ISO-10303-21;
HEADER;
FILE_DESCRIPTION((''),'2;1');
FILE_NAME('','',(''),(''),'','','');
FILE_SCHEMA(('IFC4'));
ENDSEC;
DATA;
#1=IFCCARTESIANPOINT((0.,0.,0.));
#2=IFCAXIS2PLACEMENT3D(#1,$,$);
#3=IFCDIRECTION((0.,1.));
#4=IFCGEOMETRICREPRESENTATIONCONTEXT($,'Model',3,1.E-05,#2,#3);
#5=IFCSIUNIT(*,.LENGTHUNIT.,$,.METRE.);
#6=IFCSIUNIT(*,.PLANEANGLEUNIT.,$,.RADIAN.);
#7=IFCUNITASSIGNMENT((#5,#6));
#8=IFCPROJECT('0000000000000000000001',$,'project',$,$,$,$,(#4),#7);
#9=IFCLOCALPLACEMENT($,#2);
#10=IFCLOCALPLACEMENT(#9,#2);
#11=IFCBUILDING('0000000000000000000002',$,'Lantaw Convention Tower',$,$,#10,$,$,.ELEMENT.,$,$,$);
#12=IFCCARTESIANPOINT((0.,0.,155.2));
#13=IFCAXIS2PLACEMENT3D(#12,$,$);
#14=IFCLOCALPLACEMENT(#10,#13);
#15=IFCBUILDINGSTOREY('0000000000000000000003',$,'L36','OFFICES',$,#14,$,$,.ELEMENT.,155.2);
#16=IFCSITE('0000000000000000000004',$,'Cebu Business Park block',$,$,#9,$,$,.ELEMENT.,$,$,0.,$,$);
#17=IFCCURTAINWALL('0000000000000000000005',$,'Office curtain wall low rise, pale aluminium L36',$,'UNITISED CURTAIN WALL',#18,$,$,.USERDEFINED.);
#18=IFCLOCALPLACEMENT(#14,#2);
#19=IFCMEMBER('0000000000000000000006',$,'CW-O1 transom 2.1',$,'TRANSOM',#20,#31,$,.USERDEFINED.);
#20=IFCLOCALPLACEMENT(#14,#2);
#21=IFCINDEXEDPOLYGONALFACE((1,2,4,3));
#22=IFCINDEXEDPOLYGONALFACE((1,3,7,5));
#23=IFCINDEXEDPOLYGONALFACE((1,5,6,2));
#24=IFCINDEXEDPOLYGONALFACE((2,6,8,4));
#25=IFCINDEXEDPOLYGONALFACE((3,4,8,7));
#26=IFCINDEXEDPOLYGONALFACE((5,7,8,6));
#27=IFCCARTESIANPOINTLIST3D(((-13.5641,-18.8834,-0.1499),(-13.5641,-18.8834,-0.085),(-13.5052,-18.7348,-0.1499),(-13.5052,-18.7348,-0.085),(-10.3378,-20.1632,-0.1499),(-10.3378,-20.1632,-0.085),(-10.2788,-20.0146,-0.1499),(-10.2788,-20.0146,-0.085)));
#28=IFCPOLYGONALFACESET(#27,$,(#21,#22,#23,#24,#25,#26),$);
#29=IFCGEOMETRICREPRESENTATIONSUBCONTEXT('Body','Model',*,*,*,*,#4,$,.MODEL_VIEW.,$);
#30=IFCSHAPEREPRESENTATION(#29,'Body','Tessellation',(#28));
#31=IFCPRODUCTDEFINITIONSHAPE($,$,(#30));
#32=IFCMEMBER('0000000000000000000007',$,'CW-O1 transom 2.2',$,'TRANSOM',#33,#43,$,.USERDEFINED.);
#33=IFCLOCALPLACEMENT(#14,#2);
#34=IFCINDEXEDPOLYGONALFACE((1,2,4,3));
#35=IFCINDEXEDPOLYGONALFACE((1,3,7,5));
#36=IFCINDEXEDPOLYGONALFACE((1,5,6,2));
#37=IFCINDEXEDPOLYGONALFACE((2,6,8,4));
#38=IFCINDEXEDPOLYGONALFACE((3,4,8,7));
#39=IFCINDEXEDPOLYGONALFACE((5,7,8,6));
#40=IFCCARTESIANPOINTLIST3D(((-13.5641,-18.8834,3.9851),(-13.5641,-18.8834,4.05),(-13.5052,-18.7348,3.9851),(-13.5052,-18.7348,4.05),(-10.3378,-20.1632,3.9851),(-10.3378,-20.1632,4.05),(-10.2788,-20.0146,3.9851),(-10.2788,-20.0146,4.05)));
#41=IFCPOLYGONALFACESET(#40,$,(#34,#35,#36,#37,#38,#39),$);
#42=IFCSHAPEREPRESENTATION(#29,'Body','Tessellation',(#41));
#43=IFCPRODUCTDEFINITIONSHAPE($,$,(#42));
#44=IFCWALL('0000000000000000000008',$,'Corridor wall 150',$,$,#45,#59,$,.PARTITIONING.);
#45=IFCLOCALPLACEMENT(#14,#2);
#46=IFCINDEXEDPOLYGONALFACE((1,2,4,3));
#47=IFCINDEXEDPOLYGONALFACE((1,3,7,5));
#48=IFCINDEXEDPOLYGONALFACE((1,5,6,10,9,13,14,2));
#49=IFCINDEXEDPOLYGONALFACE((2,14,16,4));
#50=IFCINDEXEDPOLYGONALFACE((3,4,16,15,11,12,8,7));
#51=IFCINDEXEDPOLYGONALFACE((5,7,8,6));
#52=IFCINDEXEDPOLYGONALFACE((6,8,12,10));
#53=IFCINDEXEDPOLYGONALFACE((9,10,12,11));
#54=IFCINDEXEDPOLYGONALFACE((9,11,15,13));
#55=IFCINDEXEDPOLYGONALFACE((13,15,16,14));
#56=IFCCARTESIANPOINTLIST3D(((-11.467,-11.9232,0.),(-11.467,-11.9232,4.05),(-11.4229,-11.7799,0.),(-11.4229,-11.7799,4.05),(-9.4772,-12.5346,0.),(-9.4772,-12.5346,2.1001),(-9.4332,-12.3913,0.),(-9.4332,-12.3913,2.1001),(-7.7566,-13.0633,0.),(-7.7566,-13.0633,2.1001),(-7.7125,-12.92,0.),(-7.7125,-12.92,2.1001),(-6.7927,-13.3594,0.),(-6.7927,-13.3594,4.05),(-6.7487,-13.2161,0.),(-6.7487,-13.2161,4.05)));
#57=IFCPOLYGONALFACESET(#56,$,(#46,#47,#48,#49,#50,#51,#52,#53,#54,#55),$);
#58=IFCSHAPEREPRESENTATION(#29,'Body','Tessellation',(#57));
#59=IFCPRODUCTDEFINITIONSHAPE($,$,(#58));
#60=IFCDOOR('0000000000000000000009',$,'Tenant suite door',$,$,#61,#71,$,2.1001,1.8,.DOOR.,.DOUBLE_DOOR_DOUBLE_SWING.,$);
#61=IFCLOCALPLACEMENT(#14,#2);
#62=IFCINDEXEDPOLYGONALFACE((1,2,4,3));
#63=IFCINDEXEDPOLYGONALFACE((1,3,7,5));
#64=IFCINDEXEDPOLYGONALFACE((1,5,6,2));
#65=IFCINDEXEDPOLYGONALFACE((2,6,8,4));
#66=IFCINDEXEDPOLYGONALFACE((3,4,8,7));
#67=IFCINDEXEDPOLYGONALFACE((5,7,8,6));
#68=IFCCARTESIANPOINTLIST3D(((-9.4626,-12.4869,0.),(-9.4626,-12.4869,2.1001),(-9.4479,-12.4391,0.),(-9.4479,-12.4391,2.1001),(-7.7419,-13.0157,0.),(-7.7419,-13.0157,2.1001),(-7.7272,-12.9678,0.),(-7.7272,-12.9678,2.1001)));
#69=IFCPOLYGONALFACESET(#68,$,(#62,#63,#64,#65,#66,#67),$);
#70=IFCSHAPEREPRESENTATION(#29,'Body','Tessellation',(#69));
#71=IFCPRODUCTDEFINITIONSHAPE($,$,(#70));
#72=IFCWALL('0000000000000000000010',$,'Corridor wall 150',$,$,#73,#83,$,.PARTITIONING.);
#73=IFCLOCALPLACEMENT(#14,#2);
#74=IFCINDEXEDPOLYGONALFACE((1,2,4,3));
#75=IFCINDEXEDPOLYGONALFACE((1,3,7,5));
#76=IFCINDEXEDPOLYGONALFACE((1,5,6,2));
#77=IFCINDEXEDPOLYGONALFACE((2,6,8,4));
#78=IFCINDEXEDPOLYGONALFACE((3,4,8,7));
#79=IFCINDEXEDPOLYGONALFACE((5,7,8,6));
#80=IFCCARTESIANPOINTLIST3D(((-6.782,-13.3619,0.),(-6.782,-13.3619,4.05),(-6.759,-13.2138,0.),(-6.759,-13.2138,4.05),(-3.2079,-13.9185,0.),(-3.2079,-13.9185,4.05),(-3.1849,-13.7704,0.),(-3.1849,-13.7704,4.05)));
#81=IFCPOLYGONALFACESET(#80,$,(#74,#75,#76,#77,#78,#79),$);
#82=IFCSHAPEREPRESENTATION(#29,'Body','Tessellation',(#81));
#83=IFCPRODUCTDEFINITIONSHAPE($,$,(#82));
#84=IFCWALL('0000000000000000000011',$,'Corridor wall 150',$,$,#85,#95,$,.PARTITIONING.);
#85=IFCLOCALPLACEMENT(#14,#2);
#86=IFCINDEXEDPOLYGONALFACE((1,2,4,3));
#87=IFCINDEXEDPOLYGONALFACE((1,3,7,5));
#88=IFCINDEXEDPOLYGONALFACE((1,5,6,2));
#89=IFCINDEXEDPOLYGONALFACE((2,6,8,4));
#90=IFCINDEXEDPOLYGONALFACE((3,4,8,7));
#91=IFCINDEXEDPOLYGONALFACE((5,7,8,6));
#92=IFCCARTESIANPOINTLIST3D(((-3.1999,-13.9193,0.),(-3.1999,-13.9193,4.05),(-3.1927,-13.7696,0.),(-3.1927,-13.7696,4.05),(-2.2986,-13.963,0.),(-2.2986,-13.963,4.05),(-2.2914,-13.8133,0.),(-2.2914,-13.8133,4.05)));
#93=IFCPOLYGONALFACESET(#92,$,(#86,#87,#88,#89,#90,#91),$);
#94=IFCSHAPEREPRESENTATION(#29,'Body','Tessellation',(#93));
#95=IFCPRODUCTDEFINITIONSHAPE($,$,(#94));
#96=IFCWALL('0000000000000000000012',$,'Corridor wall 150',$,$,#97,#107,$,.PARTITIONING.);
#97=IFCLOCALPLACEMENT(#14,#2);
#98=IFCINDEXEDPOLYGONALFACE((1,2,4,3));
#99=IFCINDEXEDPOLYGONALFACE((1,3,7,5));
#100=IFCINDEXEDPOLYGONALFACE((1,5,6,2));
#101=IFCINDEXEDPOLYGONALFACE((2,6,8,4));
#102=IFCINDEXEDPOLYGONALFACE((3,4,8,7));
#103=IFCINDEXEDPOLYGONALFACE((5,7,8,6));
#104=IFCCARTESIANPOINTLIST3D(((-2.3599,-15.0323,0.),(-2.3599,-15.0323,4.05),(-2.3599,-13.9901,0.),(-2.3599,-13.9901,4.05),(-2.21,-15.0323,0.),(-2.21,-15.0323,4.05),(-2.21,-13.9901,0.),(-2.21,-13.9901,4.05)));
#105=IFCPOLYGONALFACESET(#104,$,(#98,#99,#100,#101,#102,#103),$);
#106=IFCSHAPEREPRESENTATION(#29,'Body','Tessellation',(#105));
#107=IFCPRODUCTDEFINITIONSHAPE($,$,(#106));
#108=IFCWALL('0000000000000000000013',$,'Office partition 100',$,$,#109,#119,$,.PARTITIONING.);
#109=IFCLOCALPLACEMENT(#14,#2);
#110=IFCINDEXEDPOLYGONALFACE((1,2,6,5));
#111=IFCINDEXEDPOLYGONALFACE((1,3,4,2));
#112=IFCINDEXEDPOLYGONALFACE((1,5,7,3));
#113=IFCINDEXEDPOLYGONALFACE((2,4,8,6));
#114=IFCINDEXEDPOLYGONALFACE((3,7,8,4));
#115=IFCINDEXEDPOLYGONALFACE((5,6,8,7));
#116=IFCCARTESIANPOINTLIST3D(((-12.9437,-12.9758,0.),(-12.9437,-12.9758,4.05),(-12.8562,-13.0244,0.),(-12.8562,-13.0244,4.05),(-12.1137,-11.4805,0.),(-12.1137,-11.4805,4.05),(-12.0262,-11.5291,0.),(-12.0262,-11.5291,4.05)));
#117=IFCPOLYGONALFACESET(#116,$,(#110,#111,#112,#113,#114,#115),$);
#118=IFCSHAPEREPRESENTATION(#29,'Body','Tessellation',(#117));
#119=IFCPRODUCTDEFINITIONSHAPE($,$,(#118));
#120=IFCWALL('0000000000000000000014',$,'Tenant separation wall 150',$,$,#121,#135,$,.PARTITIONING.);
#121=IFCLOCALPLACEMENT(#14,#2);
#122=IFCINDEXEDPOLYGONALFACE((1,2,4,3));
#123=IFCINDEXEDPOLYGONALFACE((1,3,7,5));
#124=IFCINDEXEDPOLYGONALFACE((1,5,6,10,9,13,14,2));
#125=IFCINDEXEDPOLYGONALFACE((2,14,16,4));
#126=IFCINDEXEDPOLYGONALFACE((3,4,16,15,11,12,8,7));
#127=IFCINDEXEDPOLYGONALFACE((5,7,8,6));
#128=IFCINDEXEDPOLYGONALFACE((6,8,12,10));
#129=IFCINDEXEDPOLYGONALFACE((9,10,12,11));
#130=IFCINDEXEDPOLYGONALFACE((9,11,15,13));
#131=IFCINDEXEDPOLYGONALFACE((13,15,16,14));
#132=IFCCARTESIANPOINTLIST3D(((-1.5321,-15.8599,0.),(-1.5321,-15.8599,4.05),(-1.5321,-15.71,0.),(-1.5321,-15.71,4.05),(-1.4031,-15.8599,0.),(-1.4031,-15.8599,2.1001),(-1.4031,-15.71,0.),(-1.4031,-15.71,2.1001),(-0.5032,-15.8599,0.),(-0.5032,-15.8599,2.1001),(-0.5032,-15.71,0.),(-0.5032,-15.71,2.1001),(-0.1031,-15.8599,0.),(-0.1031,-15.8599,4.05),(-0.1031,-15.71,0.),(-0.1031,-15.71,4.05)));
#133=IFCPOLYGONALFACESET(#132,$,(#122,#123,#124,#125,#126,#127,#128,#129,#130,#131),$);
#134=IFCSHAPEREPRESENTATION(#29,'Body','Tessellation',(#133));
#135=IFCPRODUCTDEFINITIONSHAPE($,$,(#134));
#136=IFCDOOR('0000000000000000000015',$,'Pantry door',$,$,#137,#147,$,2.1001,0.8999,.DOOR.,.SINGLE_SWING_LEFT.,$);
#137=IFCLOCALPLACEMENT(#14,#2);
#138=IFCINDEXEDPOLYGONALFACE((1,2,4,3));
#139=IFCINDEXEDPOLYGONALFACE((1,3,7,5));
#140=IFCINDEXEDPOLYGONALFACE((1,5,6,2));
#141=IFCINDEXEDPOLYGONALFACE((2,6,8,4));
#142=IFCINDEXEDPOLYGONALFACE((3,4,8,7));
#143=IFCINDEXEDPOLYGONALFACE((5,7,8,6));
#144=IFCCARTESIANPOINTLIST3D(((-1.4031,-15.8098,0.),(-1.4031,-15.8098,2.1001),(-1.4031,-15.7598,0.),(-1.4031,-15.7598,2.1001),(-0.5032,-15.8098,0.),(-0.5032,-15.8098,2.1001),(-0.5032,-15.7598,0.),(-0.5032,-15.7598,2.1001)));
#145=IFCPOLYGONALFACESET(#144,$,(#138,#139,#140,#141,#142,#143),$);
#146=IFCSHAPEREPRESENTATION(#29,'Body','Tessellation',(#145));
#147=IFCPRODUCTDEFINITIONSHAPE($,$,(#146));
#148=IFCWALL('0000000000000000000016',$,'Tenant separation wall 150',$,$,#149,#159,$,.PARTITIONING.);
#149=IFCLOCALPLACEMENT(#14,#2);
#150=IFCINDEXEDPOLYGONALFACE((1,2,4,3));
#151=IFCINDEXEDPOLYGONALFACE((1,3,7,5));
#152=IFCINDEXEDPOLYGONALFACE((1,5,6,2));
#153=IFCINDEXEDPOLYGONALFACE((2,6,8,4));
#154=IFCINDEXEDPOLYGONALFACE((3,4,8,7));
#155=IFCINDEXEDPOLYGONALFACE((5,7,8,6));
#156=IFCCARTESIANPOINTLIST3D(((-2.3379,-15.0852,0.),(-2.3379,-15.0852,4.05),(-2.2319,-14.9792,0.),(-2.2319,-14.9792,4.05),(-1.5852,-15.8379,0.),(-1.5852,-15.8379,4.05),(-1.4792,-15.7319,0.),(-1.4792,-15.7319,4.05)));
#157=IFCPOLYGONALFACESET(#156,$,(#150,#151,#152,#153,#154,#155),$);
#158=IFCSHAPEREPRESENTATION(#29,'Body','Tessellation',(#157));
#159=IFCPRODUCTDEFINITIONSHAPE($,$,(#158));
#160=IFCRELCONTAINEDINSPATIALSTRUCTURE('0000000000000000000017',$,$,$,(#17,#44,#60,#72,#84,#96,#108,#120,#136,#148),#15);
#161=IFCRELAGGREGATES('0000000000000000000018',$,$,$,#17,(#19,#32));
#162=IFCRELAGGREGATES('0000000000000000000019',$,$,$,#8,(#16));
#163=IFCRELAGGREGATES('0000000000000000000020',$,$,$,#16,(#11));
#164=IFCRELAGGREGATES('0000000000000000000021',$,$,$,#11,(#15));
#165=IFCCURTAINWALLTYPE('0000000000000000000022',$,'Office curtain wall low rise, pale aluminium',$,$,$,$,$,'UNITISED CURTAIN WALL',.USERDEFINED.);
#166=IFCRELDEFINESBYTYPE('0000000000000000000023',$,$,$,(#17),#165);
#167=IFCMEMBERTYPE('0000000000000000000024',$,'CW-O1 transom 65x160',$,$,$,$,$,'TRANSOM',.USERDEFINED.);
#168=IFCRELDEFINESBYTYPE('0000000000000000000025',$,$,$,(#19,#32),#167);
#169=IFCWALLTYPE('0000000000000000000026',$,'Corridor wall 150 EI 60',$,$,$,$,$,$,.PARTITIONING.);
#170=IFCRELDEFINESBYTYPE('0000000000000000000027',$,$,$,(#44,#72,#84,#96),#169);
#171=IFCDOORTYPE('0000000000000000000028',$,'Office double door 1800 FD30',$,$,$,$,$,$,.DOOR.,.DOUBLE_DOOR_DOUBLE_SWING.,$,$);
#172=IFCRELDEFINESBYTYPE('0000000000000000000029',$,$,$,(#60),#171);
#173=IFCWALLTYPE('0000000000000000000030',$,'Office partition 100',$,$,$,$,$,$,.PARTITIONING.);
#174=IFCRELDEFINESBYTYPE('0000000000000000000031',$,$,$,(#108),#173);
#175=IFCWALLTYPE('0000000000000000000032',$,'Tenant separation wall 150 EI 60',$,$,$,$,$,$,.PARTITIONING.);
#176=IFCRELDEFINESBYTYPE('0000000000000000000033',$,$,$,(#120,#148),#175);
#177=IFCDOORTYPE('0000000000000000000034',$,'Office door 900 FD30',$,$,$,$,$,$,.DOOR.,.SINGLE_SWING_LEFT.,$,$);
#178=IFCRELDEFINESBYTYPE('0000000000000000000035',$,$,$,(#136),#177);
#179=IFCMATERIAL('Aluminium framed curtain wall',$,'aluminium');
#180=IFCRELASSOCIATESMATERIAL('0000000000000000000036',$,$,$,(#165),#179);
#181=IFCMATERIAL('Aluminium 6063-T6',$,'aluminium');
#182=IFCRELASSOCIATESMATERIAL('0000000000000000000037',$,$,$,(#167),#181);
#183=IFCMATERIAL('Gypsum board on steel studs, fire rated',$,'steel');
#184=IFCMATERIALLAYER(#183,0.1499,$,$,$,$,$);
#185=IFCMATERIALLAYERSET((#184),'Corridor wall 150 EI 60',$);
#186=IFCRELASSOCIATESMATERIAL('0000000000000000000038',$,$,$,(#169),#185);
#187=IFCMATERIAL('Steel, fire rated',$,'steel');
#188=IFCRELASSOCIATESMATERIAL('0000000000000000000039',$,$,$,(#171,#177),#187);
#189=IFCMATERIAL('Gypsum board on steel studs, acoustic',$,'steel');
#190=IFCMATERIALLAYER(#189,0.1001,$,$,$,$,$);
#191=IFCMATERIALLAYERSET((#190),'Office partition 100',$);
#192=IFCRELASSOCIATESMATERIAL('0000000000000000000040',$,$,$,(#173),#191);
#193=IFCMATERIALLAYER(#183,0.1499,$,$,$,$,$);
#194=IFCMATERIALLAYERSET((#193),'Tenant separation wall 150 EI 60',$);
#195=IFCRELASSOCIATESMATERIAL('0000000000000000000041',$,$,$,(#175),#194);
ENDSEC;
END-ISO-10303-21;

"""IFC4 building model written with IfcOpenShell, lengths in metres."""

from ifc_helpers import new_model, si_unit, direction, frame, frame_2d, origin, origin_2d, place, context, subcontext, project, spatial, rectangle, extrude, material, layer, layer_set, material_profile, profile_set, type_object, element, fill, aggregate, save


model = new_model("IFC4")

# Units and contexts
model_context = context("Model", 3, precision=1e-05, world=origin(), true_north=direction((0.0, 1.0)))
body_context = subcontext(model_context, "Body", "Model", "MODEL_VIEW")
ifc_project = project(units=[si_unit("LENGTHUNIT", "METRE"), si_unit("PLANEANGLEUNIT", "RADIAN")], contexts=[model_context])

# Site, building, storey
site_placement = place(None, origin())
site = spatial("IfcSite", under=ifc_project, at=site_placement, Name="Cebu Business Park block", CompositionType="ELEMENT", RefElevation=0.0)
building_placement = place(site_placement, origin())
building = spatial("IfcBuilding", under=site, at=building_placement, Name="Lantaw Convention Tower", CompositionType="ELEMENT")
storey_placement = place(building_placement, frame((0.0, 0.0, 155.2)))
storey = spatial("IfcBuildingStorey", under=building, at=storey_placement, Name="L36", Description="OFFICES", CompositionType="ELEMENT", Elevation=155.2)

# Curtain wall, members
ifc_material_1 = material(Name="Aluminium framed curtain wall", Category="aluminium")
curtain_wall_type = type_object("IfcCurtainWallType", Name="Office curtain wall low rise, pale aluminium", ElementType="UNITISED CURTAIN WALL", PredefinedType="USERDEFINED", material=ifc_material_1)
curtain_wall_placement = place(storey_placement, origin())
curtain_wall = element("IfcCurtainWall", 1, at=curtain_wall_placement, inside=storey, type_object=curtain_wall_type, Name="Office curtain wall low rise, pale aluminium L36", ObjectType="UNITISED CURTAIN WALL", PredefinedType="USERDEFINED")
ifc_material_2 = material(Name="Aluminium 6063-T6", Category="aluminium")
ifc_material_profile_1 = material_profile(ifc_material_2, rectangle(XDim=0.1599, YDim=0.0649, at=origin_2d()), Name="CW-O1 transom 65x160")
ifc_profile_set_1 = profile_set([ifc_material_profile_1], Name="Aluminium 6063-T6")
member_type_1 = type_object("IfcMemberType", Name="CW-O1 transom 65x160", ElementType="TRANSOM", PredefinedType="USERDEFINED", material=ifc_profile_set_1)
member_1_placement = place(storey_placement, frame((-13.5347, -18.8091, -0.1174), z_axis=(0.92954, -0.368721, 0.0), x_axis=(0.368721, 0.92954, 0.0)))
member_1 = element("IfcMember", 2, at=member_1_placement, type_object=member_type_1, Name="CW-O1 transom 2.1", ObjectType="TRANSOM", PredefinedType="USERDEFINED", context=body_context, shape_type="SweptSolid", body=[
    extrude(rectangle(XDim=0.1599, YDim=0.0649, at=origin_2d()), origin(), (0.0, 0.0, 1.0), 3.4709),
])
member_2_placement = place(storey_placement, frame((-13.5347, -18.8091, 4.0176), z_axis=(0.92954, -0.368721, 0.0), x_axis=(0.368721, 0.92954, 0.0)))
member_2 = element("IfcMember", 3, at=member_2_placement, type_object=member_type_1, Name="CW-O1 transom 2.2", ObjectType="TRANSOM", PredefinedType="USERDEFINED", context=body_context, shape_type="SweptSolid", body=[
    extrude(rectangle(XDim=0.1599, YDim=0.0649, at=origin_2d()), origin(), (0.0, 0.0, 1.0), 3.4709),
])
aggregate(curtain_wall, [member_1, member_2])

# Wall, opening, door
ifc_material_3 = material(Name="Gypsum board on steel studs, fire rated", Category="steel")
ifc_layer_1 = layer(ifc_material_3, 0.1499)
ifc_layer_set_1 = layer_set([ifc_layer_1], Name="Corridor wall 150 EI 60")
wall_type_1 = type_object("IfcWallType", Name="Corridor wall 150 EI 60", PredefinedType="PARTITIONING", material=ifc_layer_set_1)
wall_1_placement = place(storey_placement, frame((-11.4448, -11.8516, 0.0), z_axis=(0.0, 0.0, 1.0), x_axis=(0.955892, -0.293717, 0.0)))
wall_1 = element("IfcWall", 4, at=wall_1_placement, inside=storey, type_object=wall_type_1, Name="Corridor wall 150", PredefinedType="PARTITIONING", context=body_context, shape_type="SweptSolid", body=[
    extrude(rectangle(XDim=4.8899, YDim=0.1499, at=frame_2d((2.4448, 0.0))), origin(), (0.0, 0.0, 1.0), 4.05),
])
opening_1_placement = place(wall_1_placement, frame((2.0815, 0.0, 0.0)))
opening_1 = element("IfcOpeningElement", 5, at=opening_1_placement, cuts=wall_1, PredefinedType="OPENING", context=body_context, shape_type="SweptSolid", body=[
    extrude(rectangle(XDim=1.8, YDim=2.1001, at=frame_2d((0.8999, 1.05))), frame((0.0, 0.085, 0.0), z_axis=(0.0, -1.0, 0.0), x_axis=(1.0, 0.0, 0.0)), (0.0, 0.0, 1.0), 0.1699),
])
ifc_material_4 = material(Name="Steel, fire rated", Category="steel")
door_type_1 = type_object("IfcDoorType", Name="Office double door 1800 FD30", OperationType="DOUBLE_DOOR_DOUBLE_SWING", PredefinedType="DOOR", material=ifc_material_4)
door_1_placement = place(opening_1_placement, origin())
door_1 = element("IfcDoor", 6, at=door_1_placement, inside=storey, type_object=door_type_1, Name="Tenant suite door", OperationType="DOUBLE_DOOR_DOUBLE_SWING", OverallHeight=2.1001, OverallWidth=1.8, PredefinedType="DOOR", context=body_context, shape_type="SweptSolid", body=[
    extrude(rectangle(XDim=1.8, YDim=2.1001, at=frame_2d((0.8999, 1.05))), frame((0.0, 0.0249, 0.0), z_axis=(0.0, -1.0, 0.0), x_axis=(1.0, 0.0, 0.0)), (0.0, 0.0, 1.0), 0.05),
])
fill(opening_1, door_1)

# Walls
wall_2_placement = place(storey_placement, frame((-6.7705, -13.2878, 0.0), z_axis=(0.0, 0.0, 1.0), x_axis=(0.988089, -0.153883, 0.0)))
element("IfcWall", 7, at=wall_2_placement, inside=storey, type_object=wall_type_1, Name="Corridor wall 150", PredefinedType="PARTITIONING", context=body_context, shape_type="SweptSolid", body=[
    extrude(rectangle(XDim=3.6172, YDim=0.1499, at=frame_2d((1.8086, 0.0))), origin(), (0.0, 0.0, 1.0), 4.05),
])
wall_3_placement = place(storey_placement, frame((-3.1963, -13.8445, 0.0), z_axis=(0.0, 0.0, 1.0), x_axis=(0.998827, -0.048426, 0.0)))
element("IfcWall", 8, at=wall_3_placement, inside=storey, type_object=wall_type_1, Name="Corridor wall 150", PredefinedType="PARTITIONING", context=body_context, shape_type="SweptSolid", body=[
    extrude(rectangle(XDim=0.9023, YDim=0.1499, at=frame_2d((0.4512, 0.0))), origin(), (0.0, 0.0, 1.0), 4.05),
])
wall_4_placement = place(storey_placement, frame((-2.2849, -15.0322, 0.0), z_axis=(0.0, 0.0, 1.0), x_axis=(0.0, 1.0, 0.0)))
element("IfcWall", 9, at=wall_4_placement, inside=storey, type_object=wall_type_1, Name="Corridor wall 150", PredefinedType="PARTITIONING", context=body_context, shape_type="SweptSolid", body=[
    extrude(rectangle(XDim=1.0422, YDim=0.1499, at=frame_2d((0.521, 0.0))), origin(), (0.0, 0.0, 1.0), 4.05),
])
ifc_material_5 = material(Name="Gypsum board on steel studs, acoustic", Category="steel")
ifc_layer_2 = layer(ifc_material_5, 0.1001)
ifc_layer_set_2 = layer_set([ifc_layer_2], Name="Office partition 100")
wall_type_2 = type_object("IfcWallType", Name="Office partition 100", PredefinedType="PARTITIONING", material=ifc_layer_set_2)
wall_5_placement = place(storey_placement, frame((-12.8999, -13.0, 0.0), z_axis=(0.0, 0.0, 1.0), x_axis=(0.48534, 0.874326, 0.0)))
element("IfcWall", 10, at=wall_5_placement, inside=storey, type_object=wall_type_2, Name="Office partition 100", PredefinedType="PARTITIONING", context=body_context, shape_type="SweptSolid", body=[
    extrude(rectangle(XDim=1.7102, YDim=0.1001, at=frame_2d((0.855, 0.0))), origin(), (0.0, 0.0, 1.0), 4.05),
])

# Wall, opening, door
ifc_layer_3 = layer(ifc_material_3, 0.1499)
ifc_layer_set_3 = layer_set([ifc_layer_3], Name="Tenant separation wall 150 EI 60")
wall_type_3 = type_object("IfcWallType", Name="Tenant separation wall 150 EI 60", PredefinedType="PARTITIONING", material=ifc_layer_set_3)
wall_6_placement = place(storey_placement, frame((-0.1033, -15.7849, 0.0), z_axis=(0.0, 0.0, 1.0), x_axis=(-1.0, 0.0, 0.0)))
wall_6 = element("IfcWall", 11, at=wall_6_placement, inside=storey, type_object=wall_type_3, Name="Tenant separation wall 150", PredefinedType="PARTITIONING", context=body_context, shape_type="SweptSolid", body=[
    extrude(rectangle(XDim=1.429, YDim=0.1499, at=frame_2d((0.7144, 0.0))), origin(), (0.0, 0.0, 1.0), 4.05),
])
opening_2_placement = place(wall_6_placement, frame((0.3999, 0.0, 0.0)))
opening_2 = element("IfcOpeningElement", 12, at=opening_2_placement, cuts=wall_6, PredefinedType="OPENING", context=body_context, shape_type="SweptSolid", body=[
    extrude(rectangle(XDim=0.8999, YDim=2.1001, at=frame_2d((0.45, 1.05))), frame((0.0, 0.085, 0.0), z_axis=(0.0, -1.0, 0.0), x_axis=(1.0, 0.0, 0.0)), (0.0, 0.0, 1.0), 0.1699),
])
door_type_2 = type_object("IfcDoorType", Name="Office door 900 FD30", OperationType="SINGLE_SWING_LEFT", PredefinedType="DOOR", material=ifc_material_4)
door_2_placement = place(opening_2_placement, origin())
door_2 = element("IfcDoor", 13, at=door_2_placement, inside=storey, type_object=door_type_2, Name="Pantry door", OperationType="SINGLE_SWING_LEFT", OverallHeight=2.1001, OverallWidth=0.8999, PredefinedType="DOOR", context=body_context, shape_type="SweptSolid", body=[
    extrude(rectangle(XDim=0.8999, YDim=2.1001, at=frame_2d((0.45, 1.05))), frame((0.0, 0.0249, 0.0), z_axis=(0.0, -1.0, 0.0), x_axis=(1.0, 0.0, 0.0)), (0.0, 0.0, 1.0), 0.05),
])
fill(opening_2, door_2)

# Wall
wall_7_placement = place(storey_placement, frame((-1.5322, -15.7849, 0.0), z_axis=(0.0, 0.0, 1.0), x_axis=(-0.707107, 0.707107, 0.0)))
element("IfcWall", 14, at=wall_7_placement, inside=storey, type_object=wall_type_3, Name="Tenant separation wall 150", PredefinedType="PARTITIONING", context=body_context, shape_type="SweptSolid", body=[
    extrude(rectangle(XDim=1.0645, YDim=0.1499, at=frame_2d((0.5322, 0.0))), origin(), (0.0, 0.0, 1.0), 4.05),
])

save(model, "model.ifc")
